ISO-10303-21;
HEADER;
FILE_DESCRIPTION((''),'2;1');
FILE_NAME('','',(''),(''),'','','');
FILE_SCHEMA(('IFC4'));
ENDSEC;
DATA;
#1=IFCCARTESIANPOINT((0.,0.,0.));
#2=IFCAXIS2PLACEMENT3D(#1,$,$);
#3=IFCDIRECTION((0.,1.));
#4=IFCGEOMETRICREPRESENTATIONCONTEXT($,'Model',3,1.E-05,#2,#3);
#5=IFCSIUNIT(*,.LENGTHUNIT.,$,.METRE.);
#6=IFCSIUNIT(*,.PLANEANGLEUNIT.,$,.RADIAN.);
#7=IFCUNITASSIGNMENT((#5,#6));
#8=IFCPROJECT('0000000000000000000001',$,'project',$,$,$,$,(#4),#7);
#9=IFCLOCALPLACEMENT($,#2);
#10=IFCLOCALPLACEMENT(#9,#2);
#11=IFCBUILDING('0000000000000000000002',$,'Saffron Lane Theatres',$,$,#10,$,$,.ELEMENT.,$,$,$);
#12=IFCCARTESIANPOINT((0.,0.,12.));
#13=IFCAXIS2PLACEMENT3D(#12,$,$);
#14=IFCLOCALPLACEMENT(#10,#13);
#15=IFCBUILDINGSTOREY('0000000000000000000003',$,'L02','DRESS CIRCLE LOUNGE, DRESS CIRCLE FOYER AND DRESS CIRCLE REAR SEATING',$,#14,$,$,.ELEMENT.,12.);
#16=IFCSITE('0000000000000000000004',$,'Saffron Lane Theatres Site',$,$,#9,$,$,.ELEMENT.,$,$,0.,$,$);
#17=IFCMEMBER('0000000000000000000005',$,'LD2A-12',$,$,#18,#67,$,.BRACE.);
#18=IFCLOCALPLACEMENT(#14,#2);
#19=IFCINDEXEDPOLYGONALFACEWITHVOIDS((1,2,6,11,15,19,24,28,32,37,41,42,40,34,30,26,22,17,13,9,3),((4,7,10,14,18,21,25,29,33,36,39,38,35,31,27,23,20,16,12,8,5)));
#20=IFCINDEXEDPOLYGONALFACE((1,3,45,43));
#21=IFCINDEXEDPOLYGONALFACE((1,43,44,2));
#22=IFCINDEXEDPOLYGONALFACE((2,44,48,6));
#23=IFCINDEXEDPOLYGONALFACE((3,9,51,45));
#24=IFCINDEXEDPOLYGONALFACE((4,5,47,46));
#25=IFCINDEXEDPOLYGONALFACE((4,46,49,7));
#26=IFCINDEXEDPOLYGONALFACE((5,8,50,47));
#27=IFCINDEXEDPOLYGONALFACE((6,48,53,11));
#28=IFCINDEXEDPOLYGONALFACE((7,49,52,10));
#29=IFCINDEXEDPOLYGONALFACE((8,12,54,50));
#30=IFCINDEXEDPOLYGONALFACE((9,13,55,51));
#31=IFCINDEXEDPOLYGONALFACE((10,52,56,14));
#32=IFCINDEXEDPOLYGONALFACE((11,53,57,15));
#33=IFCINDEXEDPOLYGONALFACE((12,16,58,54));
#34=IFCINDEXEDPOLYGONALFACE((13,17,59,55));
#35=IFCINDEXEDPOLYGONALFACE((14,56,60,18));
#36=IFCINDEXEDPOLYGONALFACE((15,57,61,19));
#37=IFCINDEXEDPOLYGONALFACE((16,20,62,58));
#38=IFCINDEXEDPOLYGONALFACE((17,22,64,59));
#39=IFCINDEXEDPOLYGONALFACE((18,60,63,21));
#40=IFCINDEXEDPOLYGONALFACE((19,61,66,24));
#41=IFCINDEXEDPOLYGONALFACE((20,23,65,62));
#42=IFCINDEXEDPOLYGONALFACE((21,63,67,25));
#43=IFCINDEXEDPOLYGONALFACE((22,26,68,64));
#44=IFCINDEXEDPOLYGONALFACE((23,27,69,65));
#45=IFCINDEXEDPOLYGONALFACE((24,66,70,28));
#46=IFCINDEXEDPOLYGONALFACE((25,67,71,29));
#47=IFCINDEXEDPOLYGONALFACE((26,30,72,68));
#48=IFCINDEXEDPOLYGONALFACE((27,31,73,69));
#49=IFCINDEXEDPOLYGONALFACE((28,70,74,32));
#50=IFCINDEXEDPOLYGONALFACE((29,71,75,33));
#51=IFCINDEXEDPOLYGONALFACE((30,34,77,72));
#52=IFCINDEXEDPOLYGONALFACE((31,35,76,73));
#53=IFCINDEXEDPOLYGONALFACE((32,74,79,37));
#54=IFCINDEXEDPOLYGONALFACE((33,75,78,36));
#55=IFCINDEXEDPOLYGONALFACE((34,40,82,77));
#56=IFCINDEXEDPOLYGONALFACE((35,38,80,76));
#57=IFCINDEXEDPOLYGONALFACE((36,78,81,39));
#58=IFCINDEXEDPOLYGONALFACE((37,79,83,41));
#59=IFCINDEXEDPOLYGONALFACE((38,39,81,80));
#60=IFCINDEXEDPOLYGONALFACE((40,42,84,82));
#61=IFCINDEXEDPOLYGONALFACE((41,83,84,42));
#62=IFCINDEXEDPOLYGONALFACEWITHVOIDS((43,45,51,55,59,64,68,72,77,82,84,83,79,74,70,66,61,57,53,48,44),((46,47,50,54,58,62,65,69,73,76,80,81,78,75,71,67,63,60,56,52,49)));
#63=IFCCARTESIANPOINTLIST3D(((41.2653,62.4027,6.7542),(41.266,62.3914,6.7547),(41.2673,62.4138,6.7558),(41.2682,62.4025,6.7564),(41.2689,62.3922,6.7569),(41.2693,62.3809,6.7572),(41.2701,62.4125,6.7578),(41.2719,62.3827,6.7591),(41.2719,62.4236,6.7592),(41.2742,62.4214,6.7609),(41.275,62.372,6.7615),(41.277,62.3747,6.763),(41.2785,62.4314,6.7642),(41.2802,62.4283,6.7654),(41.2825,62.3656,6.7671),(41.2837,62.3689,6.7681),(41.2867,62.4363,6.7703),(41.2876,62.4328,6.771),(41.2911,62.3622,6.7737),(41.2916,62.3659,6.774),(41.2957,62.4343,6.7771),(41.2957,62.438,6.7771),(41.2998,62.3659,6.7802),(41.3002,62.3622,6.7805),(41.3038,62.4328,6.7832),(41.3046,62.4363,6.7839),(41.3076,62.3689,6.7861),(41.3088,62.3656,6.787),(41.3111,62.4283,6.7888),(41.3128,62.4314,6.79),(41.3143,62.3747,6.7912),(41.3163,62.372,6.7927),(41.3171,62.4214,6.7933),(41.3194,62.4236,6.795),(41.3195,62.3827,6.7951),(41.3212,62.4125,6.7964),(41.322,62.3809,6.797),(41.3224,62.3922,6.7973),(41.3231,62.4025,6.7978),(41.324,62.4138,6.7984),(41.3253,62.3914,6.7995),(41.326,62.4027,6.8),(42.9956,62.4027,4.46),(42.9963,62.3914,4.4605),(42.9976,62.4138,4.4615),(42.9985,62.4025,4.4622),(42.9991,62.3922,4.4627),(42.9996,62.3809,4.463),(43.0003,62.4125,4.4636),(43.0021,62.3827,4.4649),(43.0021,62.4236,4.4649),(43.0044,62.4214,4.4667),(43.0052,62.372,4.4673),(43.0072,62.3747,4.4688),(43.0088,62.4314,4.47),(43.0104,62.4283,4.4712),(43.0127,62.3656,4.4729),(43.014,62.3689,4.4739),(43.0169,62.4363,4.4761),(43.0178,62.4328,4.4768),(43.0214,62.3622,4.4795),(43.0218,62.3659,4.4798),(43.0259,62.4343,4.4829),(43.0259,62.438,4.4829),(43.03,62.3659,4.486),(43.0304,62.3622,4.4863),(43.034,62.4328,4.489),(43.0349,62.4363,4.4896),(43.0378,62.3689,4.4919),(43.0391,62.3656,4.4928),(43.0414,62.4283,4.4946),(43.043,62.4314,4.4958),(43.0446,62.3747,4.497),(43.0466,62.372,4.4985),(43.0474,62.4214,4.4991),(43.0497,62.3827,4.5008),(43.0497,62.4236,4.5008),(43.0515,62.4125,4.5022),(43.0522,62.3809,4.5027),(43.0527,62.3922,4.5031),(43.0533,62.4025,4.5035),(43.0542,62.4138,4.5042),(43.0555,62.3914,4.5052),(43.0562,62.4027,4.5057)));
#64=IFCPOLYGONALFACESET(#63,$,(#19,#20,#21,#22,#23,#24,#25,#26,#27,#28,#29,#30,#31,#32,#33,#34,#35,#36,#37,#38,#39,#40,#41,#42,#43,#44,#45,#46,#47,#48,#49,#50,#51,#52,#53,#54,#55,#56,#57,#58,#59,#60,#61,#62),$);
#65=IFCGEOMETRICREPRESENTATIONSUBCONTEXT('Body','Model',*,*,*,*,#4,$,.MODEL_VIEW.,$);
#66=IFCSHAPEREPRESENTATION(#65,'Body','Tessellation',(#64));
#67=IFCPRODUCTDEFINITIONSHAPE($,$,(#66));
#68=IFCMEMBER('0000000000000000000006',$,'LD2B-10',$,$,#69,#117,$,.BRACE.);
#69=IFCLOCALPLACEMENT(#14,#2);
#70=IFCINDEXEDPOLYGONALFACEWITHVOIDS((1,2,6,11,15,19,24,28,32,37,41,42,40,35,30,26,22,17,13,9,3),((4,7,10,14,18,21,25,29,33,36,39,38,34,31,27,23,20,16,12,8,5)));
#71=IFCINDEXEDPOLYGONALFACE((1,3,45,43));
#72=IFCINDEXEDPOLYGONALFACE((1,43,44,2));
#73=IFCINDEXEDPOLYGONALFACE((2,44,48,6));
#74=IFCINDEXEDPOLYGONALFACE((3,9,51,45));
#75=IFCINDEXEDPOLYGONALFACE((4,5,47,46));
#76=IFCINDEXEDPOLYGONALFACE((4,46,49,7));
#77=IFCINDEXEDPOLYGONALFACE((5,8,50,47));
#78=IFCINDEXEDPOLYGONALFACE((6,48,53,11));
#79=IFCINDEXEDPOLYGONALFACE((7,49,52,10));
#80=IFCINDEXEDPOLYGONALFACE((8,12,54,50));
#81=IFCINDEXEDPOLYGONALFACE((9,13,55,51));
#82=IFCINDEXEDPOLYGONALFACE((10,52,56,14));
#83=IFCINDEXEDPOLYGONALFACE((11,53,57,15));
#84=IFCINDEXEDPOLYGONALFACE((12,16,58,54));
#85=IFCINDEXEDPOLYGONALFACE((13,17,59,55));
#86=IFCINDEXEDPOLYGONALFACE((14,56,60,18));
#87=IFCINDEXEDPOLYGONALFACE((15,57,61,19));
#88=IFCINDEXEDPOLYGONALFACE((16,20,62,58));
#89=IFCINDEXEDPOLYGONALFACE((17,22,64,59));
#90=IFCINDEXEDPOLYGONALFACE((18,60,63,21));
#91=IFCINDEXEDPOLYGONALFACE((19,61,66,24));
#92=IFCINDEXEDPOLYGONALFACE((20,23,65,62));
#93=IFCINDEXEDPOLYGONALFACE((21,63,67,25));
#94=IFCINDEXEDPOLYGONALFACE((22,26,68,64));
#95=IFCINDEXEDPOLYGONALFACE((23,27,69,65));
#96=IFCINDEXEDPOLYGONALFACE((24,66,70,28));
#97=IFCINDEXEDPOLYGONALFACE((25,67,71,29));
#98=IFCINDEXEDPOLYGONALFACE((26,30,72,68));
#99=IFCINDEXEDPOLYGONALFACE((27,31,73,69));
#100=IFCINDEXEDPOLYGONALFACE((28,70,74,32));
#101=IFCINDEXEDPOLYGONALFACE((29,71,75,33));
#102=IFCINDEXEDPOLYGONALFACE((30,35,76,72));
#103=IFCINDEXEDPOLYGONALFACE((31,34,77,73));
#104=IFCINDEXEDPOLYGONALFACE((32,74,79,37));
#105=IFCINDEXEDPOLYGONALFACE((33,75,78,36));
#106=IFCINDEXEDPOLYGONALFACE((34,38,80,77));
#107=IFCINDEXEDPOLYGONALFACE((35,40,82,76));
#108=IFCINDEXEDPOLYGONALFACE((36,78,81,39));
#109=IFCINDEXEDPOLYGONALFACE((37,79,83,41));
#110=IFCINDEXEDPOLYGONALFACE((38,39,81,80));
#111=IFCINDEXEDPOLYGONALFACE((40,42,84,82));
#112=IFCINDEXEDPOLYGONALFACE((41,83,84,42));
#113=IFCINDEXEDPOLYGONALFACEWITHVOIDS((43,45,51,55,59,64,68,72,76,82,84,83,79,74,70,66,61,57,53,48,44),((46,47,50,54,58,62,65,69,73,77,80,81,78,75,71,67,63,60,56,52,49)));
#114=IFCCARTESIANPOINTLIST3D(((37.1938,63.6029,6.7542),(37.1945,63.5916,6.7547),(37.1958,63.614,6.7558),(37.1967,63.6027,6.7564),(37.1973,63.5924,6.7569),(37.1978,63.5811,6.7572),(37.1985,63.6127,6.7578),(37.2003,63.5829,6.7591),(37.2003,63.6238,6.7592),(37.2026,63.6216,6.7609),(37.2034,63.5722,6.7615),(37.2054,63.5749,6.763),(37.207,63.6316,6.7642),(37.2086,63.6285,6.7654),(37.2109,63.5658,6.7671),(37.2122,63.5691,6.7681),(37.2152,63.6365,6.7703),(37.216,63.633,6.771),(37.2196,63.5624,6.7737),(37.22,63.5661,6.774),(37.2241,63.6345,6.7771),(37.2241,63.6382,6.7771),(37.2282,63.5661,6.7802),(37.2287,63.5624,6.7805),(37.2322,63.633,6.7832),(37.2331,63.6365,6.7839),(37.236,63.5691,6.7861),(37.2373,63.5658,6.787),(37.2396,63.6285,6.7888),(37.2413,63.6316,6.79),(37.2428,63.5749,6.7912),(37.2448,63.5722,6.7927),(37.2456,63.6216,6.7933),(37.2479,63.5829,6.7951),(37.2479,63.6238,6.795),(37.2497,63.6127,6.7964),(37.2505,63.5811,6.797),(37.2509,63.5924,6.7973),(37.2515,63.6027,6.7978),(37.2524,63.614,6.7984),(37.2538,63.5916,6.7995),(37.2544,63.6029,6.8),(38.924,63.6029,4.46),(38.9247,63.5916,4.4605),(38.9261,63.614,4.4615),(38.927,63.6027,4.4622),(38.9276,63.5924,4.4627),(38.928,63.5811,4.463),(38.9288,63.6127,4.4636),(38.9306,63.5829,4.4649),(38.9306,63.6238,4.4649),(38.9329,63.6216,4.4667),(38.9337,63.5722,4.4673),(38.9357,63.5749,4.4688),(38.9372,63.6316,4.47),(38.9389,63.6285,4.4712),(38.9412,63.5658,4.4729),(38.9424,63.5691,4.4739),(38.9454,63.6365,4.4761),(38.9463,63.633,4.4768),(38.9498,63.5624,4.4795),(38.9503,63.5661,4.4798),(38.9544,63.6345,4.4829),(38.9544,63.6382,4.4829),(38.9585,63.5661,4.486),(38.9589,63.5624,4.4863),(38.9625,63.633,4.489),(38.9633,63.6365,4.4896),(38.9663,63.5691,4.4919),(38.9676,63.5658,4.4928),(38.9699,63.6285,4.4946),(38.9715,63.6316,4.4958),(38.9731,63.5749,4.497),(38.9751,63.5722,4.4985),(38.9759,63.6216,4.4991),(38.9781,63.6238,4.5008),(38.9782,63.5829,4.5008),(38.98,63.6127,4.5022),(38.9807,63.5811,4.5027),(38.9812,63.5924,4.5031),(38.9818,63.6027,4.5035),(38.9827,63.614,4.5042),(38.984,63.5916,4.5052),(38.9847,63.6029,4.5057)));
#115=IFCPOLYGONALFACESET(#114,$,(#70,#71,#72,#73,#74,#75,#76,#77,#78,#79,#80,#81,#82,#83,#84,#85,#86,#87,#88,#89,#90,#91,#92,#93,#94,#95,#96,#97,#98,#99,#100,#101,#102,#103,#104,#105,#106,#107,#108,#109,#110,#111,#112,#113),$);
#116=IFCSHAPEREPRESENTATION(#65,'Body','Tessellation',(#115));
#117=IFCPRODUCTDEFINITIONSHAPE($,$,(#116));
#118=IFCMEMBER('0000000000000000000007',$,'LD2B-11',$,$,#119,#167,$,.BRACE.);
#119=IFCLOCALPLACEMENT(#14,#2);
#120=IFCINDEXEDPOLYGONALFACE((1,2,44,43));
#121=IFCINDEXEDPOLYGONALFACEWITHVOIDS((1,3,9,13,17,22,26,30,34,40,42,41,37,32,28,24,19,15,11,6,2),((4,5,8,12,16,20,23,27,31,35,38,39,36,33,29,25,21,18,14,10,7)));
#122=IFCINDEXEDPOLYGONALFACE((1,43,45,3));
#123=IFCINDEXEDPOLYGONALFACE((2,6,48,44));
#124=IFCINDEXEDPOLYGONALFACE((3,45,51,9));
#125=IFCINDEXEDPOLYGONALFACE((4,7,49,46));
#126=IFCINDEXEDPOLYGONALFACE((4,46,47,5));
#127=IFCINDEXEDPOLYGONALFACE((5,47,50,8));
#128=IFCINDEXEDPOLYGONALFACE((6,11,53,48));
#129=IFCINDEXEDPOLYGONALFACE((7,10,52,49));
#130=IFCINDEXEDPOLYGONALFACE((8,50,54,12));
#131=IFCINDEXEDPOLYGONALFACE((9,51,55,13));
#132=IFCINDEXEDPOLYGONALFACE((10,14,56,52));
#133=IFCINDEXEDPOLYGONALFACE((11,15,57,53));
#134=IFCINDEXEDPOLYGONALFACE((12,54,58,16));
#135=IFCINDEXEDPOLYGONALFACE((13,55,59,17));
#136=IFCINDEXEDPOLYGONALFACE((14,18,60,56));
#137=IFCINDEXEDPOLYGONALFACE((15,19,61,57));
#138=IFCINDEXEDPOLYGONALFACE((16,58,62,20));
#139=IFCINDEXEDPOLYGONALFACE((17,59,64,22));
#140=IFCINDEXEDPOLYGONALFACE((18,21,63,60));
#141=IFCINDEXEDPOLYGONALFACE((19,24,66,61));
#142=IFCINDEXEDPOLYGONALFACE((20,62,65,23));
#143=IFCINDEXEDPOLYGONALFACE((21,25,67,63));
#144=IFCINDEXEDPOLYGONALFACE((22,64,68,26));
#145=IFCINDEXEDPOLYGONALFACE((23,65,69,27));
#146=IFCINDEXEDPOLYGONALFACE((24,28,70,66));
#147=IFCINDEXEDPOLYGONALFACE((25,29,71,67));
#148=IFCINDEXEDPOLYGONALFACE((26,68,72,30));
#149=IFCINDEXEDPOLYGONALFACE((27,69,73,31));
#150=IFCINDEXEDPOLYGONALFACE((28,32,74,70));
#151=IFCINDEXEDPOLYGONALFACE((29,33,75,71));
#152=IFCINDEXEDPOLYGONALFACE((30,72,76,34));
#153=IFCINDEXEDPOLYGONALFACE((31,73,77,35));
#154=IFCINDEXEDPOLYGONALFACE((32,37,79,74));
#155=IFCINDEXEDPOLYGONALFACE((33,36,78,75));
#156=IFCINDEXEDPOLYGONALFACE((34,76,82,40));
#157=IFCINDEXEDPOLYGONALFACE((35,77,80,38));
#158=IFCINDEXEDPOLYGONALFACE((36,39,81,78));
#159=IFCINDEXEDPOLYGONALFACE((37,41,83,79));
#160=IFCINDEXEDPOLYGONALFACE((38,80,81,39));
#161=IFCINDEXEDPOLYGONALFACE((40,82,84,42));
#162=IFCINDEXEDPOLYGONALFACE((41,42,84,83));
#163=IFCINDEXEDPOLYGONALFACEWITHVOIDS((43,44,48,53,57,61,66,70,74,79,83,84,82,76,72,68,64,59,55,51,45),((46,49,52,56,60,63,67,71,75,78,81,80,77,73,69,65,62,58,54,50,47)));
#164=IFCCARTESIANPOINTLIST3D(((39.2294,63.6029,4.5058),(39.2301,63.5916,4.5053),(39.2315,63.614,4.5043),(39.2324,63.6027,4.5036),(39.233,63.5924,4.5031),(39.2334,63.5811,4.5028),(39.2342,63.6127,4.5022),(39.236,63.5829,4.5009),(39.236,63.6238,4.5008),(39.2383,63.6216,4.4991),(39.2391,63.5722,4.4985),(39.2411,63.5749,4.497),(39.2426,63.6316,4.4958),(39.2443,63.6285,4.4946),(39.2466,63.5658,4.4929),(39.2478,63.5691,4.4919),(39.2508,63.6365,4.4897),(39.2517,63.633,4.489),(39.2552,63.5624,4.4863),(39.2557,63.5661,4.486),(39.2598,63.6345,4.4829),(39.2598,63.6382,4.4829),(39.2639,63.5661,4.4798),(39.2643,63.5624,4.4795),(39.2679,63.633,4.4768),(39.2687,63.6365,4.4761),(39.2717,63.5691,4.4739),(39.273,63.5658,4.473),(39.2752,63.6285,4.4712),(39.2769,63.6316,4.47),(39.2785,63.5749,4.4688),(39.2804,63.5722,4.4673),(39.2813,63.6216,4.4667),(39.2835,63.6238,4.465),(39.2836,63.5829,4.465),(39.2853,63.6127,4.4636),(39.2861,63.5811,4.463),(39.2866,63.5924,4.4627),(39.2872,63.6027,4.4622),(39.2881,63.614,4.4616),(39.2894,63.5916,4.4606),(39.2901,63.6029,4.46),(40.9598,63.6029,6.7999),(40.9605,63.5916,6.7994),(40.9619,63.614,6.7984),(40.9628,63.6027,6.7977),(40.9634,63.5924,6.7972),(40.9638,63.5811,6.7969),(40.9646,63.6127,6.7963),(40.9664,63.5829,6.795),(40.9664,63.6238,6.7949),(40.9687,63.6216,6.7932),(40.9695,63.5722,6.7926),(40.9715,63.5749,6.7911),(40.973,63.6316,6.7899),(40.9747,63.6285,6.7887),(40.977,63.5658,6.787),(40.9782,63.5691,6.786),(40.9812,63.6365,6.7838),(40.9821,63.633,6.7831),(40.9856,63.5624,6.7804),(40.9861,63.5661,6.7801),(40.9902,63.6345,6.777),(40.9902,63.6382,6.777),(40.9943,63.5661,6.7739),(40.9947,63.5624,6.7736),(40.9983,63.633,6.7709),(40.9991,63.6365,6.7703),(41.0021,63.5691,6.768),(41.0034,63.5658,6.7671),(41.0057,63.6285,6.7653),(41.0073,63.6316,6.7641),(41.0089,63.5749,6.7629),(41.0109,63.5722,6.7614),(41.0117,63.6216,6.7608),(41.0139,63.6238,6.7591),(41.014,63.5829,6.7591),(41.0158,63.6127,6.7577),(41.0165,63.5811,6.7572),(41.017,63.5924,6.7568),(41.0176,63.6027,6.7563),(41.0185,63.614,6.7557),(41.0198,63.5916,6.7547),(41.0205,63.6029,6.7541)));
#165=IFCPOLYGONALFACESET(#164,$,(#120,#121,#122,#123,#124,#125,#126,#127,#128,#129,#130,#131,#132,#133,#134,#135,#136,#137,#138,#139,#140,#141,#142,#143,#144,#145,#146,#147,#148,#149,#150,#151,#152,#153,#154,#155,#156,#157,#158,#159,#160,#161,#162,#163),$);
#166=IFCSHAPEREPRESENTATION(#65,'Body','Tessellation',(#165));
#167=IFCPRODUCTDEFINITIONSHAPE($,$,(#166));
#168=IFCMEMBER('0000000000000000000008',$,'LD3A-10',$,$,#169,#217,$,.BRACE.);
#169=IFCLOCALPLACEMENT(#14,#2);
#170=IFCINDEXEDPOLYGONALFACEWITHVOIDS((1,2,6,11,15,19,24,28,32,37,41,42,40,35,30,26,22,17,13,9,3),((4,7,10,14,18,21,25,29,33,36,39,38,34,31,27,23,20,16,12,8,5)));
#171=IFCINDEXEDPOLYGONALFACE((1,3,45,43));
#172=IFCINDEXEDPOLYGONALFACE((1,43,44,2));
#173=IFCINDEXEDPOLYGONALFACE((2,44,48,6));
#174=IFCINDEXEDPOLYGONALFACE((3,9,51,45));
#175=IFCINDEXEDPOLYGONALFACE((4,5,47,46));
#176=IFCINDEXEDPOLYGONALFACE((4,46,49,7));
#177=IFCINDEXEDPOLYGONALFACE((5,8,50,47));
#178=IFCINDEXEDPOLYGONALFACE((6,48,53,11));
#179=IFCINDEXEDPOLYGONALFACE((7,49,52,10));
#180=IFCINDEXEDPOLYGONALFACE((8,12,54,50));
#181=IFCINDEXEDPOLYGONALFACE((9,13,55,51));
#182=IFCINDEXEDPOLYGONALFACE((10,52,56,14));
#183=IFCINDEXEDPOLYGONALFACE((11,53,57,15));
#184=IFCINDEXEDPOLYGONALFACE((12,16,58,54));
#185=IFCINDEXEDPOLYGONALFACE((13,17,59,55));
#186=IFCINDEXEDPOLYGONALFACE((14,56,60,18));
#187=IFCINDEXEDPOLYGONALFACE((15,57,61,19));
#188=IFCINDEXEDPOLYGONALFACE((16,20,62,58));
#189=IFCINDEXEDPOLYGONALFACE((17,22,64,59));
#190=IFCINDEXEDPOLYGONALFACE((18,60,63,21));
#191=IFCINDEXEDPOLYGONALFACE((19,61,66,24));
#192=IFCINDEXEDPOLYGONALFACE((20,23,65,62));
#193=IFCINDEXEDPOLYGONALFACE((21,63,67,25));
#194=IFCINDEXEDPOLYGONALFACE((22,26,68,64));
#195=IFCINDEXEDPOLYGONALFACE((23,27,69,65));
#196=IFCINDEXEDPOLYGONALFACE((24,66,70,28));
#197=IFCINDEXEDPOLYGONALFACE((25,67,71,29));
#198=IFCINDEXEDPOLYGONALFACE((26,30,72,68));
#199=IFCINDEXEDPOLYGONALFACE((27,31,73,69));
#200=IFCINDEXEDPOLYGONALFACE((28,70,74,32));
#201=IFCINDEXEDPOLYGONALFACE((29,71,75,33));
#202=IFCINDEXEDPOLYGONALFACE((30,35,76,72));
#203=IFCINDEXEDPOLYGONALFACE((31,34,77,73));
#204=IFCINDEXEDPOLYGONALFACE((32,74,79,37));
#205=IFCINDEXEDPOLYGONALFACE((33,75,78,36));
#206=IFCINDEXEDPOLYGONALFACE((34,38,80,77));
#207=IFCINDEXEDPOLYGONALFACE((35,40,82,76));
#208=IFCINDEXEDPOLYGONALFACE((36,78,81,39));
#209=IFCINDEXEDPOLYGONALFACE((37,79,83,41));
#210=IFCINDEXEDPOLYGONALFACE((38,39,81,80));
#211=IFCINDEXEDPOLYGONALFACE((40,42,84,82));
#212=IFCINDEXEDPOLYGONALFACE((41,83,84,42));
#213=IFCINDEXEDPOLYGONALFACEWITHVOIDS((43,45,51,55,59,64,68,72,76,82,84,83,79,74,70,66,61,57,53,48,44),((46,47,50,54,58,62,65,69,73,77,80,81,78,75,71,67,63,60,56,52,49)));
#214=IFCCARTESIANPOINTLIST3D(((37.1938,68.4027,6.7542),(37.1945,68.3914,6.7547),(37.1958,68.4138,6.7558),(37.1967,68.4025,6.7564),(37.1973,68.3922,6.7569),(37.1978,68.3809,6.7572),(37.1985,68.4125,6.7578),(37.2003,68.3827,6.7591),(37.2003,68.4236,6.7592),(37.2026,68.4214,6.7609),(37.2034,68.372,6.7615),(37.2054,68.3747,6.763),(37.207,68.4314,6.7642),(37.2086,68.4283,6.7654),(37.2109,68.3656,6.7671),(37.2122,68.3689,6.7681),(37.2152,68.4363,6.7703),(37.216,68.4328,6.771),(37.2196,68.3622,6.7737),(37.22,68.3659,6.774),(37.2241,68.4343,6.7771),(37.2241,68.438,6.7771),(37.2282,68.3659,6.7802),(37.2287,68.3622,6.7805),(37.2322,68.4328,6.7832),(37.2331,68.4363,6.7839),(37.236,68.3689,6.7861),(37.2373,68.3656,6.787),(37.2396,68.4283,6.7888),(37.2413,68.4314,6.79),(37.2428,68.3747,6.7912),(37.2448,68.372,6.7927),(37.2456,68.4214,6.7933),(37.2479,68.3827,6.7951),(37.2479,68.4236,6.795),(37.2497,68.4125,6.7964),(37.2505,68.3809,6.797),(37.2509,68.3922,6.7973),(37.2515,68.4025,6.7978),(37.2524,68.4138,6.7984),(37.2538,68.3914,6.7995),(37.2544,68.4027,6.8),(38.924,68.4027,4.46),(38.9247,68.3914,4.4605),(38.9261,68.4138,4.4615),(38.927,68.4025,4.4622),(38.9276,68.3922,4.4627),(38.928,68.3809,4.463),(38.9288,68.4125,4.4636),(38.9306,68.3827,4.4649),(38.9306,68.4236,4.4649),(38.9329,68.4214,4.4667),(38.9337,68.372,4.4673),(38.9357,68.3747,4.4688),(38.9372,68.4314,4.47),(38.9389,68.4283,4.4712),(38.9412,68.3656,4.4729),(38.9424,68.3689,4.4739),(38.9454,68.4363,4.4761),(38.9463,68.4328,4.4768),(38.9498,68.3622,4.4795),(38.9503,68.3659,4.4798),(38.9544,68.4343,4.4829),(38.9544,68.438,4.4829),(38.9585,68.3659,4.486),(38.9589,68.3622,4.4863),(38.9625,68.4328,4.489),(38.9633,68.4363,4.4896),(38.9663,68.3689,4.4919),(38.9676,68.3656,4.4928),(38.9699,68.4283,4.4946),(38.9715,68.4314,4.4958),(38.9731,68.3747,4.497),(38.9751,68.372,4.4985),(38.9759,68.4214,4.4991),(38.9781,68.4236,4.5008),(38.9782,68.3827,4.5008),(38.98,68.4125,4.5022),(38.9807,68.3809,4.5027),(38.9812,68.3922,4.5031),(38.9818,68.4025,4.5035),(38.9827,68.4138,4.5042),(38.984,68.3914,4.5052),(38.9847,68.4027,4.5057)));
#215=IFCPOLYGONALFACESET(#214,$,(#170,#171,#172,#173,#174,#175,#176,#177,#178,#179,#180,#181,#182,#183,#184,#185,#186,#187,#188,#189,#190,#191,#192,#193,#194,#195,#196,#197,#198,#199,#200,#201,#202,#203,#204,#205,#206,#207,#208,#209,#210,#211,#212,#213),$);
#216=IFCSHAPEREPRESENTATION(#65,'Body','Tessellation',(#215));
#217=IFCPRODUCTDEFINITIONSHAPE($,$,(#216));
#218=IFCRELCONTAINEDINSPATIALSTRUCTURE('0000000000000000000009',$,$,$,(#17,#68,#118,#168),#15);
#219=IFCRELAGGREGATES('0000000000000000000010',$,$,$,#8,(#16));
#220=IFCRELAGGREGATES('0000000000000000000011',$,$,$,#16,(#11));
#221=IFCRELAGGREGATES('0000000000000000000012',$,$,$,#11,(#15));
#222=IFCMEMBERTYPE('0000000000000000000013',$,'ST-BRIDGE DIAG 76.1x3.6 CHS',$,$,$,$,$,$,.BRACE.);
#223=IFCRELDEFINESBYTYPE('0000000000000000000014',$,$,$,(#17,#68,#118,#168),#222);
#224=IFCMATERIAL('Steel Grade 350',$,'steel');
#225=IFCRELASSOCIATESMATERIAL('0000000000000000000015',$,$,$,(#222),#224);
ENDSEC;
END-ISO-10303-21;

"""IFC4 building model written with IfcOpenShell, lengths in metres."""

from ifc_helpers import new_model, si_unit, direction, frame, origin, origin_2d, place, context, subcontext, project, spatial, hollow_circle, extrude, material, material_profile, profile_set, type_object, element, save


model = new_model("IFC4")

# Units and contexts
model_context = context("Model", 3, precision=1e-05, world=origin(), true_north=direction((0.0, 1.0)))
body_context = subcontext(model_context, "Body", "Model", "MODEL_VIEW")
ifc_project = project(units=[si_unit("LENGTHUNIT", "METRE"), si_unit("PLANEANGLEUNIT", "RADIAN")], contexts=[model_context])

# Site, building, storey
site_placement = place(None, origin())
site = spatial("IfcSite", under=ifc_project, at=site_placement, Name="Saffron Lane Theatres Site", CompositionType="ELEMENT", RefElevation=0.0)
building_placement = place(site_placement, origin())
building = spatial("IfcBuilding", under=site, at=building_placement, Name="Saffron Lane Theatres", CompositionType="ELEMENT")
storey_placement = place(building_placement, frame((0.0, 0.0, 12.0)))
storey = spatial("IfcBuildingStorey", under=building, at=storey_placement, Name="L02", Description="DRESS CIRCLE LOUNGE, DRESS CIRCLE FOYER AND DRESS CIRCLE REAR SEATING", CompositionType="ELEMENT", Elevation=12.0)

# Members
ifc_material_1 = material(Name="Steel Grade 350", Category="steel")
ifc_material_profile_1 = material_profile(ifc_material_1, hollow_circle(Radius=0.0381, WallThickness=0.0037, at=origin_2d()))
ifc_profile_set_1 = profile_set([ifc_material_profile_1], Name="Steel Grade 350")
member_type = type_object("IfcMemberType", Name="ST-BRIDGE DIAG 76.1x3.6 CHS", PredefinedType="BRACE", material=ifc_profile_set_1)
for number, where, z_axis, x_axis, name in (
    (1, (41.2957, 62.3999, 6.7771), (0.602132, 0.0, -0.798396), (0.0, 1.0, 0.0), "LD2A-12"),
    (2, (37.2241, 63.6001, 6.7771), (0.602132, 0.0, -0.798396), (0.0, 1.0, 0.0), "LD2B-10"),
    (3, (39.2598, 63.6001, 4.4829), (0.602186, 0.0, 0.798356), (0.0, 1.0, 0.0), "LD2B-11"),
    (4, (37.2241, 68.3999, 6.7771), (0.602132, 0.0, -0.798396), (0.0, 1.0, 0.0), "LD3A-10"),
):
    element("IfcMember", number, at=place(storey_placement, frame(where, z_axis=z_axis, x_axis=x_axis)), inside=storey, type_object=member_type, Name=name, PredefinedType="BRACE", context=body_context, shape_type="SweptSolid", body=[
        extrude(hollow_circle(Radius=0.0381, WallThickness=0.0037, at=origin_2d()), origin(), (0.0, 0.0, 1.0), 2.8735),
    ])

save(model, "model.ifc")
